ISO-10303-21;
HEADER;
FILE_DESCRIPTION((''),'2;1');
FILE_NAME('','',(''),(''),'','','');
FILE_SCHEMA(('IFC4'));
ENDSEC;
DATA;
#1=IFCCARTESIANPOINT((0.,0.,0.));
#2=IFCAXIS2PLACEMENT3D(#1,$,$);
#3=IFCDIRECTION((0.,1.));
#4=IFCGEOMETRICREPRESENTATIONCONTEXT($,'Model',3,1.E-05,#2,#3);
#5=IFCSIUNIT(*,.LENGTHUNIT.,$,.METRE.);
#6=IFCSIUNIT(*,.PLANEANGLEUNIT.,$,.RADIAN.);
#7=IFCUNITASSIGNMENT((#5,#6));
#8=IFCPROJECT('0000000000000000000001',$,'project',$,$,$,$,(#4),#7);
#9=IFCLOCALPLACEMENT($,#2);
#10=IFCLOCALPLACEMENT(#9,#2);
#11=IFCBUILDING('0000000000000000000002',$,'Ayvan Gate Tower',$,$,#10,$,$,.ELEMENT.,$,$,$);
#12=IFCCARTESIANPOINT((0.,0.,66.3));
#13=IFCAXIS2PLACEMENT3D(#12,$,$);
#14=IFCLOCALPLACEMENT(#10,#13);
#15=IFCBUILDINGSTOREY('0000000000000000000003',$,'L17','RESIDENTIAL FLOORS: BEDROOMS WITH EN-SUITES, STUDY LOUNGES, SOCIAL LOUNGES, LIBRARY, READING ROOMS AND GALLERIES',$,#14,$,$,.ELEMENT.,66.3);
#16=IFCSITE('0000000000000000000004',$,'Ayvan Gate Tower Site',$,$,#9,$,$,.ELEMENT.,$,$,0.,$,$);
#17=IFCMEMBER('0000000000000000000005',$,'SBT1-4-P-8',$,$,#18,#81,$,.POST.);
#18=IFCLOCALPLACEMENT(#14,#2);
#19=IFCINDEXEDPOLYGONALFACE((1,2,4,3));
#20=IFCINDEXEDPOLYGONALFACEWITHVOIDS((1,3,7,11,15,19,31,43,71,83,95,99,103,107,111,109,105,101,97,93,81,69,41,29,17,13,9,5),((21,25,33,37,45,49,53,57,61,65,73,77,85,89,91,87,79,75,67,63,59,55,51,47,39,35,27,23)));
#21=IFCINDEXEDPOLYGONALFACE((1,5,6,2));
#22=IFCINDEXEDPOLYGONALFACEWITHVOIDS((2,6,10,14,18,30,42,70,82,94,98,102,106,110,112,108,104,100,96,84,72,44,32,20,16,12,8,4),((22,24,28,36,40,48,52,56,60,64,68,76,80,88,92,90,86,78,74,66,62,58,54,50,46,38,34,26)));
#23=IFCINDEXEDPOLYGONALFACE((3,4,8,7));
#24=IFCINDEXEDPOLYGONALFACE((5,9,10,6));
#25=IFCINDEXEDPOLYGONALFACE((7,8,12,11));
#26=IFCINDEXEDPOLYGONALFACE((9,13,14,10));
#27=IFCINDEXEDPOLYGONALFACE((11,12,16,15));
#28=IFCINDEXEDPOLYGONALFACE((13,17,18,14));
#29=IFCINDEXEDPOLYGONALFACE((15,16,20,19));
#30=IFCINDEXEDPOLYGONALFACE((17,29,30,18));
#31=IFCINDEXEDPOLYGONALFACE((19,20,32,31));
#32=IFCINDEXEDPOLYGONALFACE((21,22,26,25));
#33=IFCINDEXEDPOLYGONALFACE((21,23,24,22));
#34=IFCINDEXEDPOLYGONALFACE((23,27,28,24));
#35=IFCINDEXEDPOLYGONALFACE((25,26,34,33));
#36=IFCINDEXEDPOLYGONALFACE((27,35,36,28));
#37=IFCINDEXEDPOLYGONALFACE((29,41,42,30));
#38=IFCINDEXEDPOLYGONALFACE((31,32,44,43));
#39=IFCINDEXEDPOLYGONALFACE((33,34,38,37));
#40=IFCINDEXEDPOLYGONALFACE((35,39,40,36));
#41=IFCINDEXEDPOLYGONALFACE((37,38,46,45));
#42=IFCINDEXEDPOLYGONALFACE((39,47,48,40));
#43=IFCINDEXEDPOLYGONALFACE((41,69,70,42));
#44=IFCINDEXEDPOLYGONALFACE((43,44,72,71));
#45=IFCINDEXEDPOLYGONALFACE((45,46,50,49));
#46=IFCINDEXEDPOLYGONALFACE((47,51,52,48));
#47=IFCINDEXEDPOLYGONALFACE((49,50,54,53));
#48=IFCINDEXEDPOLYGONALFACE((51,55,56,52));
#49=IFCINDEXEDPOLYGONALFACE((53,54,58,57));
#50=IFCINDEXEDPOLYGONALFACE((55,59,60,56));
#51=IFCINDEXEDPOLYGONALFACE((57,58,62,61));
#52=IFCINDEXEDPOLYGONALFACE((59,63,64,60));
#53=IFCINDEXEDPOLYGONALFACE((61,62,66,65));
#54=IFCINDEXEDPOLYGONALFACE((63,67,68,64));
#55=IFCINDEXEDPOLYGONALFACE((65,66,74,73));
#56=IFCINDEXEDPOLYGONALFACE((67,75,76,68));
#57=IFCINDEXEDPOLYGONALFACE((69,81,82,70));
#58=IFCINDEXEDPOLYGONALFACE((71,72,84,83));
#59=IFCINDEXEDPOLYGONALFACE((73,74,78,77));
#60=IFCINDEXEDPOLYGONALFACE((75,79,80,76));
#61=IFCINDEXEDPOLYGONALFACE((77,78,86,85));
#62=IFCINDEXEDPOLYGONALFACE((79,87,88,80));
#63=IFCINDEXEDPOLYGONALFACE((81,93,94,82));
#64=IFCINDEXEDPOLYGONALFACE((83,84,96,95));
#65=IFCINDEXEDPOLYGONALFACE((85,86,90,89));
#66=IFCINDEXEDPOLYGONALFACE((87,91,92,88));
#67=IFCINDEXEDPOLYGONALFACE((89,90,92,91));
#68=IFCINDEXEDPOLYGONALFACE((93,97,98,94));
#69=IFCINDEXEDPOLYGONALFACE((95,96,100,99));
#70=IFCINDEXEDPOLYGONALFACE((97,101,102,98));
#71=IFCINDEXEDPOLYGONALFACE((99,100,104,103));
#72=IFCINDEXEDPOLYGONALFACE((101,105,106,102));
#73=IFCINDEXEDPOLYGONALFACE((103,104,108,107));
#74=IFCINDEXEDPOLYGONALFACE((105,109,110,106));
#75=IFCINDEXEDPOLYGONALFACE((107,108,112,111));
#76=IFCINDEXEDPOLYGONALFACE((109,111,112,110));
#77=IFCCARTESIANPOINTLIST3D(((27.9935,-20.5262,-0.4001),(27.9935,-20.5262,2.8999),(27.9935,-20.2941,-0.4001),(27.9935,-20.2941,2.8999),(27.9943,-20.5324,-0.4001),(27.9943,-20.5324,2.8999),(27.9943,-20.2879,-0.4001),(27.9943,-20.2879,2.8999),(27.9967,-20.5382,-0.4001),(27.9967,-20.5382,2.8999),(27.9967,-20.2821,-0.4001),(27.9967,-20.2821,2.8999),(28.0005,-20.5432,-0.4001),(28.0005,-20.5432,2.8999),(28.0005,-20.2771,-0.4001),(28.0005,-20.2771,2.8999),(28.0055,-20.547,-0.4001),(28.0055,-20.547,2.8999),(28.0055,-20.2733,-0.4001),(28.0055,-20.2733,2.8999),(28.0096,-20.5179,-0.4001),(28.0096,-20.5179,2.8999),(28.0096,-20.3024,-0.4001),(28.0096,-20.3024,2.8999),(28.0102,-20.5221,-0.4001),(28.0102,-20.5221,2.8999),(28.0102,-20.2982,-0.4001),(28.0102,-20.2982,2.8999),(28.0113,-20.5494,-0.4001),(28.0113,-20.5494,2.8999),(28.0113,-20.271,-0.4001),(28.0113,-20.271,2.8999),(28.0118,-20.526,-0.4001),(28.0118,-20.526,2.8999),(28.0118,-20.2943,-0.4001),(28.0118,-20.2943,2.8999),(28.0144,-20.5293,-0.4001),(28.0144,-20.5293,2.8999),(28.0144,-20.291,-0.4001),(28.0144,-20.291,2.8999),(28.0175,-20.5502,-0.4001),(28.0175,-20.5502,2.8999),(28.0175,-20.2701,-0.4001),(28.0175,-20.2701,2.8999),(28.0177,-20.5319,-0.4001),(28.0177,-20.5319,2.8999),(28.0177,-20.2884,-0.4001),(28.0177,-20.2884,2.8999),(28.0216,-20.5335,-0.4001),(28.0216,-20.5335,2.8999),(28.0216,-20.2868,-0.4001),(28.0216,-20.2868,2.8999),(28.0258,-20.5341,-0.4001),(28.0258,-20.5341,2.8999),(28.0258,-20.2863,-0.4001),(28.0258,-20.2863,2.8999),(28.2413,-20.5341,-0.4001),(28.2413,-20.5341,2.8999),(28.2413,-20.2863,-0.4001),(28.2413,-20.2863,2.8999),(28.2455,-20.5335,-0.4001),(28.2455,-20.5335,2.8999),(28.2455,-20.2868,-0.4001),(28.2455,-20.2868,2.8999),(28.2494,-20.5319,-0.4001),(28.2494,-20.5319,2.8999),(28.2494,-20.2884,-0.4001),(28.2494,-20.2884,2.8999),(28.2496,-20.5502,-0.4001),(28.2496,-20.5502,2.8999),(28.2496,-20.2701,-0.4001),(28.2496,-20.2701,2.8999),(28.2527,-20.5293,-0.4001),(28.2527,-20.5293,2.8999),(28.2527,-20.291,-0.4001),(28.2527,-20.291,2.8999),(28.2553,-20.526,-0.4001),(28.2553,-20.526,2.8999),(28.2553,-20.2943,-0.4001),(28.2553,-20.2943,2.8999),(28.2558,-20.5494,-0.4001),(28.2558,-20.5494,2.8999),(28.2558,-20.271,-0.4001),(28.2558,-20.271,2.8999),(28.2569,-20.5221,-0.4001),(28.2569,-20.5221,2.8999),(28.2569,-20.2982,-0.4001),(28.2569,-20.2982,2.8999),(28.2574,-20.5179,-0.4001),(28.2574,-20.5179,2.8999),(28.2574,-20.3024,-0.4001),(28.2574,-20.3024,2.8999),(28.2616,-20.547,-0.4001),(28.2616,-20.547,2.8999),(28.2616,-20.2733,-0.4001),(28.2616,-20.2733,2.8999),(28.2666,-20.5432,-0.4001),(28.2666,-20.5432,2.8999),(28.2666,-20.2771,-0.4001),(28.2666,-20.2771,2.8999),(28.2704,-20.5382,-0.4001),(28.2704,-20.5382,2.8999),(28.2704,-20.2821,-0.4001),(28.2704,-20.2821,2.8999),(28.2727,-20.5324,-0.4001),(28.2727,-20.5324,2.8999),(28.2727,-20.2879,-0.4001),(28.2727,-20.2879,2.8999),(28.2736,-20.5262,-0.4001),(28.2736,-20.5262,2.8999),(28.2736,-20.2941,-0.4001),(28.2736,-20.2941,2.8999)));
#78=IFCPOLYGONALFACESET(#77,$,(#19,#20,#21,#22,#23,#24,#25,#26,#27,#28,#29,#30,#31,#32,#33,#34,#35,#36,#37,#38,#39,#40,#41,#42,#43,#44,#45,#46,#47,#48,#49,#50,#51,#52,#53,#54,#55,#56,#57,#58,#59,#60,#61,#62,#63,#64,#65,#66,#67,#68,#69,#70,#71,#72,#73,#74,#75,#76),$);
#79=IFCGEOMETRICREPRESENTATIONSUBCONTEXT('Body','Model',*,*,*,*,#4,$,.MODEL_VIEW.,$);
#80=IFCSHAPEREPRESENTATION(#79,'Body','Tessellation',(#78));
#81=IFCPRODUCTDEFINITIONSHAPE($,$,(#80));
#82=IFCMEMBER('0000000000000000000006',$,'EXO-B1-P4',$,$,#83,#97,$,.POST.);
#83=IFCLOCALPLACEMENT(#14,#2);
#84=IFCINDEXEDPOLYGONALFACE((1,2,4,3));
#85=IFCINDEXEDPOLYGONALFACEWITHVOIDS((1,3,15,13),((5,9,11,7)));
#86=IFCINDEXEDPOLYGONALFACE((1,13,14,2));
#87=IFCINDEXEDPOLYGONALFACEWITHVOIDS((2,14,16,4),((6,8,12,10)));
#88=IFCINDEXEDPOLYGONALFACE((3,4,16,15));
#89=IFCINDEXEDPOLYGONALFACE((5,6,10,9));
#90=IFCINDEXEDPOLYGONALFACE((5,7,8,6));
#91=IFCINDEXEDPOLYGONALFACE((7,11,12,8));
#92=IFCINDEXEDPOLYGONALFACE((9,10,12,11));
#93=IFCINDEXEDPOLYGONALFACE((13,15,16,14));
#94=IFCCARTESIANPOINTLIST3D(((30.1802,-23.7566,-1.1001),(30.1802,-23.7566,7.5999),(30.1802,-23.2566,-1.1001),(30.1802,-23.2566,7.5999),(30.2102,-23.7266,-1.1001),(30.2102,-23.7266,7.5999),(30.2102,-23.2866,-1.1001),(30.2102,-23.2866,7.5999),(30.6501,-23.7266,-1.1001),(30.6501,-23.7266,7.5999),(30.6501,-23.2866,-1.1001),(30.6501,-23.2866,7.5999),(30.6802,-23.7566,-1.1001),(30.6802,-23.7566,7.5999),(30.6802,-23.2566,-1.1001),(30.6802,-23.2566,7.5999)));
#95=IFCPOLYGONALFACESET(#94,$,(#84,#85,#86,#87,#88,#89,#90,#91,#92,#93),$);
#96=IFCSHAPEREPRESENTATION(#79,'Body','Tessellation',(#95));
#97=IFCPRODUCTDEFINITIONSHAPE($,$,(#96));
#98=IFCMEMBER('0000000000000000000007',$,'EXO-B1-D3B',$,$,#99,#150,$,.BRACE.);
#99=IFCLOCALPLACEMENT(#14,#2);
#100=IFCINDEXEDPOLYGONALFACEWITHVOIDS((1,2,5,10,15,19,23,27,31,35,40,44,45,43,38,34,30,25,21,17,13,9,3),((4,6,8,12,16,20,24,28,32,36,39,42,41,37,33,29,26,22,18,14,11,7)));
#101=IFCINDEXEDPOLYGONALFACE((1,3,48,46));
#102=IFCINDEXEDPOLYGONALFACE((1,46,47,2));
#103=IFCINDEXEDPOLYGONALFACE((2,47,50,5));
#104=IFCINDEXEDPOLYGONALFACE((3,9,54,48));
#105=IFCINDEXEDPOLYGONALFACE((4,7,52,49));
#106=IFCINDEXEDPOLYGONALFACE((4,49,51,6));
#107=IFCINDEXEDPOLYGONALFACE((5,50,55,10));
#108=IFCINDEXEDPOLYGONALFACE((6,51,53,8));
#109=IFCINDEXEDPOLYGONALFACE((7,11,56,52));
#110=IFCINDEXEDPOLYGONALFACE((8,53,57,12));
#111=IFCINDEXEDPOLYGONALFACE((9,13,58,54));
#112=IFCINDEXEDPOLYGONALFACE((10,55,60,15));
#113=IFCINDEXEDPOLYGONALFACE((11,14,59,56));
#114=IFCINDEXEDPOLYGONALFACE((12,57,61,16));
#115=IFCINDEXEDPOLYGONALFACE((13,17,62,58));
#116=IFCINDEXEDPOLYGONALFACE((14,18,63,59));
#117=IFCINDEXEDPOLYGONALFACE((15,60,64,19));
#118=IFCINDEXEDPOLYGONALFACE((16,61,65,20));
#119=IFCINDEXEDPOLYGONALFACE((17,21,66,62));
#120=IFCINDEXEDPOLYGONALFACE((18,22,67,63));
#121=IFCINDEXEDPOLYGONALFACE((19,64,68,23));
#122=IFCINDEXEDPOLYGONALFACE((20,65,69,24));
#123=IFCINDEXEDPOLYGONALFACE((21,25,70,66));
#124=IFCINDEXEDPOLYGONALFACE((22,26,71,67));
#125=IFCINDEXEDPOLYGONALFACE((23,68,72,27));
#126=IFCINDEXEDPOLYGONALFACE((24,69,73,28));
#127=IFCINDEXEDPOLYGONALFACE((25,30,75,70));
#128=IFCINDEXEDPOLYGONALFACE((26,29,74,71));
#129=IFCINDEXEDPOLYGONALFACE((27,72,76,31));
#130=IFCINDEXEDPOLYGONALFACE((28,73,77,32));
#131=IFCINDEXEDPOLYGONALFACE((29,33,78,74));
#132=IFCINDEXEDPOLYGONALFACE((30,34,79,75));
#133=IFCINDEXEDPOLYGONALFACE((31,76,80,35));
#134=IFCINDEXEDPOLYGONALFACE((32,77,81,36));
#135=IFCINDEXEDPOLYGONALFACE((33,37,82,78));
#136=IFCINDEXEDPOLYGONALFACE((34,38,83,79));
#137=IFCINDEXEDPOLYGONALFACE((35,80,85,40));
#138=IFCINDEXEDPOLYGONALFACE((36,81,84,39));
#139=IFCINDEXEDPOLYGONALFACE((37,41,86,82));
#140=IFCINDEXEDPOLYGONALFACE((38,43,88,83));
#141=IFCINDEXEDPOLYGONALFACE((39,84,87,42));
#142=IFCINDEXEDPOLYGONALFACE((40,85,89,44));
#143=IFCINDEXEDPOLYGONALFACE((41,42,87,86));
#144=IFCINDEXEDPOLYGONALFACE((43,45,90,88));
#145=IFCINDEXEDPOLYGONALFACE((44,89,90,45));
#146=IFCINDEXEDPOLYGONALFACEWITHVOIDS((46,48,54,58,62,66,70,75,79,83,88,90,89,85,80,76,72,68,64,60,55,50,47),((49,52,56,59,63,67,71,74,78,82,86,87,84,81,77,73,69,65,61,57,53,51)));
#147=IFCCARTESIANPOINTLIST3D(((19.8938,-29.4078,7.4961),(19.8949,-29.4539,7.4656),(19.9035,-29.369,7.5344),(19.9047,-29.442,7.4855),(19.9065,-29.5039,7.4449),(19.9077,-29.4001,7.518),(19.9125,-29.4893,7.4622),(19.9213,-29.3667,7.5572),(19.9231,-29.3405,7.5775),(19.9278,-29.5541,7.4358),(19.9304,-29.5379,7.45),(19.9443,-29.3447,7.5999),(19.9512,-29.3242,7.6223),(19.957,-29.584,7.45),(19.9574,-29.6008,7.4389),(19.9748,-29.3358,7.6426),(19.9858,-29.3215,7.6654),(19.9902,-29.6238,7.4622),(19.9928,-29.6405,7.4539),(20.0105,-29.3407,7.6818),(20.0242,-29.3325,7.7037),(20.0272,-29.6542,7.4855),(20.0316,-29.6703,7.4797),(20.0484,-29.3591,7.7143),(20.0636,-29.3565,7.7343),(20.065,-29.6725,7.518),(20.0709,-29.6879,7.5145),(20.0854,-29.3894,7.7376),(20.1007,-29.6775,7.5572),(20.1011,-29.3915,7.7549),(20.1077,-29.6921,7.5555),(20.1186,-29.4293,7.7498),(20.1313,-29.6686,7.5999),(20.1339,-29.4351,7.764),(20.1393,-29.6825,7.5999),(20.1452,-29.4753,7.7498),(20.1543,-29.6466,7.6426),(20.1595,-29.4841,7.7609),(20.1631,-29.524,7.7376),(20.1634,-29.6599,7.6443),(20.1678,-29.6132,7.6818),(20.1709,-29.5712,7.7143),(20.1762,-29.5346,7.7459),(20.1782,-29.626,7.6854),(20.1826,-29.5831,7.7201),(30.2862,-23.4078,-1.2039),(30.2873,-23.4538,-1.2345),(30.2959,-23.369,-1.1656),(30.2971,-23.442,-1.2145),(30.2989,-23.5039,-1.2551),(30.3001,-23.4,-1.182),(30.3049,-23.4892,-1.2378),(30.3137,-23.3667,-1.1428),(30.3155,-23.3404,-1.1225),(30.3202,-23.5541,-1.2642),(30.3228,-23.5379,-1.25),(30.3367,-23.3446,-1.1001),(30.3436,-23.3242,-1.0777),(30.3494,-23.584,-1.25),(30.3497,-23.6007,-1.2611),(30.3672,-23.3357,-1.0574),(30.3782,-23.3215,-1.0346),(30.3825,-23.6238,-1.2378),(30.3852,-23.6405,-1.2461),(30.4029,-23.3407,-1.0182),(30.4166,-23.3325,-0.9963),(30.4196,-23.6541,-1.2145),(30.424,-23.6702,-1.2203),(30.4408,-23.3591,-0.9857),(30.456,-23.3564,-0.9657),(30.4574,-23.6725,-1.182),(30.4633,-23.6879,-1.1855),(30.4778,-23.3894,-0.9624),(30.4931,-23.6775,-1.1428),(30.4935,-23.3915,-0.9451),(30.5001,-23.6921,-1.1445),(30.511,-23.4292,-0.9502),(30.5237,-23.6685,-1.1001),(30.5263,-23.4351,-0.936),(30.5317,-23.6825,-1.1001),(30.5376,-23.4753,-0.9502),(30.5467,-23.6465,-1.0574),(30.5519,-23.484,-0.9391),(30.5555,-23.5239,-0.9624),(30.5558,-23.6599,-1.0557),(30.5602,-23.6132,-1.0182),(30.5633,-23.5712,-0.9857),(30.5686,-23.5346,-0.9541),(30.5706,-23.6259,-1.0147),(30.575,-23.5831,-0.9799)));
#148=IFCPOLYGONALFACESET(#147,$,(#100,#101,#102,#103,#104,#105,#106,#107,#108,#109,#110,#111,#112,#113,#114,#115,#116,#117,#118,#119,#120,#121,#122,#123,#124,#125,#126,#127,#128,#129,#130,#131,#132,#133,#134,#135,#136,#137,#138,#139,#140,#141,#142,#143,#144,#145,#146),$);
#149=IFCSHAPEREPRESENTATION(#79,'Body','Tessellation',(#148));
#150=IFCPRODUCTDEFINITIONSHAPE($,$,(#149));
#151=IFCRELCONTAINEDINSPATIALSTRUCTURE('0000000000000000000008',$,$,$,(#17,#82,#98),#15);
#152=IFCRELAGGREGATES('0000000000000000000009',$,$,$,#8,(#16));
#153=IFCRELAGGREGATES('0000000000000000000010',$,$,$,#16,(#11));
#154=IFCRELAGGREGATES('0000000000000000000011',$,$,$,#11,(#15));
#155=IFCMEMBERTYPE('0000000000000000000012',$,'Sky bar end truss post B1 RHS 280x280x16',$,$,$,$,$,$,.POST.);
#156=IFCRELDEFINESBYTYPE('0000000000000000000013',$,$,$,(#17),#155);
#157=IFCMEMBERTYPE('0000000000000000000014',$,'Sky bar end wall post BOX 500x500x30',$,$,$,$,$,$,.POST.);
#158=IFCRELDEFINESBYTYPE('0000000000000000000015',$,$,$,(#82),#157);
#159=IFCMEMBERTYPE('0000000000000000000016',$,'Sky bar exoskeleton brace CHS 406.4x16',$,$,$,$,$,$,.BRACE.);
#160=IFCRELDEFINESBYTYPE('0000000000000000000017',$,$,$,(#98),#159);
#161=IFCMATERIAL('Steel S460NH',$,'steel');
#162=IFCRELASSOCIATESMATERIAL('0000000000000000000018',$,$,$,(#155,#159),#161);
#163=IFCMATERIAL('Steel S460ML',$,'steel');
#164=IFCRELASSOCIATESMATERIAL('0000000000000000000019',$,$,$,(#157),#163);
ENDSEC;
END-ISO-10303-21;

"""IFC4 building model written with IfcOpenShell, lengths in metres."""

from ifc_helpers import new_model, si_unit, direction, frame, origin, origin_2d, place, context, subcontext, project, spatial, hollow_rectangle, hollow_circle, extrude, material, material_profile, profile_set, type_object, element, save


model = new_model("IFC4")

# Units and contexts
model_context = context("Model", 3, precision=1e-05, world=origin(), true_north=direction((0.0, 1.0)))
body_context = subcontext(model_context, "Body", "Model", "MODEL_VIEW")
ifc_project = project(units=[si_unit("LENGTHUNIT", "METRE"), si_unit("PLANEANGLEUNIT", "RADIAN")], contexts=[model_context])

# Site, building, storey
site_placement = place(None, origin())
site = spatial("IfcSite", under=ifc_project, at=site_placement, Name="Ayvan Gate Tower Site", CompositionType="ELEMENT", RefElevation=0.0)
building_placement = place(site_placement, origin())
building = spatial("IfcBuilding", under=site, at=building_placement, Name="Ayvan Gate Tower", CompositionType="ELEMENT")
storey_placement = place(building_placement, frame((0.0, 0.0, 66.3)))
storey = spatial("IfcBuildingStorey", under=building, at=storey_placement, Name="L17", Description="RESIDENTIAL FLOORS: BEDROOMS WITH EN-SUITES, STUDY LOUNGES, SOCIAL LOUNGES, LIBRARY, READING ROOMS AND GALLERIES", CompositionType="ELEMENT", Elevation=66.3)

# Shared definitions
ifc_material_1 = material(Name="Steel S460NH", Category="steel")

# Members
ifc_material_profile_1 = material_profile(ifc_material_1, hollow_rectangle(XDim=0.28, YDim=0.28, WallThickness=0.0161, InnerFilletRadius=0.0161, OuterFilletRadius=0.0239, at=origin_2d()), Name="RHS 280x280x16")
ifc_profile_set_1 = profile_set([ifc_material_profile_1], Name="Steel S460NH")
member_type_1 = type_object("IfcMemberType", Name="Sky bar end truss post B1 RHS 280x280x16", PredefinedType="POST", material=ifc_profile_set_1)
member_1_placement = place(storey_placement, frame((28.1335, -20.4102, -0.4001), z_axis=(0.0, 0.0, 1.0), x_axis=(1.0, 0.0, 0.0)))
element("IfcMember", 1, at=member_1_placement, inside=storey, type_object=member_type_1, Name="SBT1-4-P-8", PredefinedType="POST", context=body_context, shape_type="SweptSolid", body=[
    extrude(hollow_rectangle(XDim=0.28, YDim=0.28, WallThickness=0.0161, InnerFilletRadius=0.0161, OuterFilletRadius=0.0239, at=origin_2d()), origin(), (0.0, 0.0, 1.0), 3.3),
])
ifc_material_2 = material(Name="Steel S460ML", Category="steel")
ifc_material_profile_2 = material_profile(ifc_material_2, hollow_rectangle(XDim=0.5, YDim=0.5, WallThickness=0.03, at=origin_2d()), Name="BOX 500x500x30")
ifc_profile_set_2 = profile_set([ifc_material_profile_2], Name="Steel S460ML")
member_type_2 = type_object("IfcMemberType", Name="Sky bar end wall post BOX 500x500x30", PredefinedType="POST", material=ifc_profile_set_2)
member_2_placement = place(storey_placement, frame((30.4302, -23.5066, -1.1001), z_axis=(0.0, 0.0, 1.0), x_axis=(1.0, 0.0, 0.0)))
element("IfcMember", 2, at=member_2_placement, inside=storey, type_object=member_type_2, Name="EXO-B1-P4", PredefinedType="POST", context=body_context, shape_type="SweptSolid", body=[
    extrude(hollow_rectangle(XDim=0.5, YDim=0.5, WallThickness=0.03, at=origin_2d()), origin(), (0.0, 0.0, 1.0), 8.7),
])
ifc_material_profile_3 = material_profile(ifc_material_1, hollow_circle(Radius=0.2031, WallThickness=0.0161, at=origin_2d()), Name="CHS 406.4x16")
ifc_profile_set_3 = profile_set([ifc_material_profile_3], Name="Steel S460NH")
member_type_3 = type_object("IfcMemberType", Name="Sky bar exoskeleton brace CHS 406.4x16", PredefinedType="BRACE", material=ifc_profile_set_3)
member_3_placement = place(storey_placement, frame((30.4302, -23.5066, -1.1001), z_axis=(-0.701146, -0.404805, 0.586965), x_axis=(0.499999, -0.866026, 0.0)))
element("IfcMember", 3, at=member_3_placement, inside=storey, type_object=member_type_3, Name="EXO-B1-D3B", PredefinedType="BRACE", context=body_context, shape_type="SweptSolid", body=[
    extrude(hollow_circle(Radius=0.2031, WallThickness=0.0161, at=origin_2d()), origin(), (0.0, 0.0, 1.0), 14.822),
])

save(model, "model.ifc")
